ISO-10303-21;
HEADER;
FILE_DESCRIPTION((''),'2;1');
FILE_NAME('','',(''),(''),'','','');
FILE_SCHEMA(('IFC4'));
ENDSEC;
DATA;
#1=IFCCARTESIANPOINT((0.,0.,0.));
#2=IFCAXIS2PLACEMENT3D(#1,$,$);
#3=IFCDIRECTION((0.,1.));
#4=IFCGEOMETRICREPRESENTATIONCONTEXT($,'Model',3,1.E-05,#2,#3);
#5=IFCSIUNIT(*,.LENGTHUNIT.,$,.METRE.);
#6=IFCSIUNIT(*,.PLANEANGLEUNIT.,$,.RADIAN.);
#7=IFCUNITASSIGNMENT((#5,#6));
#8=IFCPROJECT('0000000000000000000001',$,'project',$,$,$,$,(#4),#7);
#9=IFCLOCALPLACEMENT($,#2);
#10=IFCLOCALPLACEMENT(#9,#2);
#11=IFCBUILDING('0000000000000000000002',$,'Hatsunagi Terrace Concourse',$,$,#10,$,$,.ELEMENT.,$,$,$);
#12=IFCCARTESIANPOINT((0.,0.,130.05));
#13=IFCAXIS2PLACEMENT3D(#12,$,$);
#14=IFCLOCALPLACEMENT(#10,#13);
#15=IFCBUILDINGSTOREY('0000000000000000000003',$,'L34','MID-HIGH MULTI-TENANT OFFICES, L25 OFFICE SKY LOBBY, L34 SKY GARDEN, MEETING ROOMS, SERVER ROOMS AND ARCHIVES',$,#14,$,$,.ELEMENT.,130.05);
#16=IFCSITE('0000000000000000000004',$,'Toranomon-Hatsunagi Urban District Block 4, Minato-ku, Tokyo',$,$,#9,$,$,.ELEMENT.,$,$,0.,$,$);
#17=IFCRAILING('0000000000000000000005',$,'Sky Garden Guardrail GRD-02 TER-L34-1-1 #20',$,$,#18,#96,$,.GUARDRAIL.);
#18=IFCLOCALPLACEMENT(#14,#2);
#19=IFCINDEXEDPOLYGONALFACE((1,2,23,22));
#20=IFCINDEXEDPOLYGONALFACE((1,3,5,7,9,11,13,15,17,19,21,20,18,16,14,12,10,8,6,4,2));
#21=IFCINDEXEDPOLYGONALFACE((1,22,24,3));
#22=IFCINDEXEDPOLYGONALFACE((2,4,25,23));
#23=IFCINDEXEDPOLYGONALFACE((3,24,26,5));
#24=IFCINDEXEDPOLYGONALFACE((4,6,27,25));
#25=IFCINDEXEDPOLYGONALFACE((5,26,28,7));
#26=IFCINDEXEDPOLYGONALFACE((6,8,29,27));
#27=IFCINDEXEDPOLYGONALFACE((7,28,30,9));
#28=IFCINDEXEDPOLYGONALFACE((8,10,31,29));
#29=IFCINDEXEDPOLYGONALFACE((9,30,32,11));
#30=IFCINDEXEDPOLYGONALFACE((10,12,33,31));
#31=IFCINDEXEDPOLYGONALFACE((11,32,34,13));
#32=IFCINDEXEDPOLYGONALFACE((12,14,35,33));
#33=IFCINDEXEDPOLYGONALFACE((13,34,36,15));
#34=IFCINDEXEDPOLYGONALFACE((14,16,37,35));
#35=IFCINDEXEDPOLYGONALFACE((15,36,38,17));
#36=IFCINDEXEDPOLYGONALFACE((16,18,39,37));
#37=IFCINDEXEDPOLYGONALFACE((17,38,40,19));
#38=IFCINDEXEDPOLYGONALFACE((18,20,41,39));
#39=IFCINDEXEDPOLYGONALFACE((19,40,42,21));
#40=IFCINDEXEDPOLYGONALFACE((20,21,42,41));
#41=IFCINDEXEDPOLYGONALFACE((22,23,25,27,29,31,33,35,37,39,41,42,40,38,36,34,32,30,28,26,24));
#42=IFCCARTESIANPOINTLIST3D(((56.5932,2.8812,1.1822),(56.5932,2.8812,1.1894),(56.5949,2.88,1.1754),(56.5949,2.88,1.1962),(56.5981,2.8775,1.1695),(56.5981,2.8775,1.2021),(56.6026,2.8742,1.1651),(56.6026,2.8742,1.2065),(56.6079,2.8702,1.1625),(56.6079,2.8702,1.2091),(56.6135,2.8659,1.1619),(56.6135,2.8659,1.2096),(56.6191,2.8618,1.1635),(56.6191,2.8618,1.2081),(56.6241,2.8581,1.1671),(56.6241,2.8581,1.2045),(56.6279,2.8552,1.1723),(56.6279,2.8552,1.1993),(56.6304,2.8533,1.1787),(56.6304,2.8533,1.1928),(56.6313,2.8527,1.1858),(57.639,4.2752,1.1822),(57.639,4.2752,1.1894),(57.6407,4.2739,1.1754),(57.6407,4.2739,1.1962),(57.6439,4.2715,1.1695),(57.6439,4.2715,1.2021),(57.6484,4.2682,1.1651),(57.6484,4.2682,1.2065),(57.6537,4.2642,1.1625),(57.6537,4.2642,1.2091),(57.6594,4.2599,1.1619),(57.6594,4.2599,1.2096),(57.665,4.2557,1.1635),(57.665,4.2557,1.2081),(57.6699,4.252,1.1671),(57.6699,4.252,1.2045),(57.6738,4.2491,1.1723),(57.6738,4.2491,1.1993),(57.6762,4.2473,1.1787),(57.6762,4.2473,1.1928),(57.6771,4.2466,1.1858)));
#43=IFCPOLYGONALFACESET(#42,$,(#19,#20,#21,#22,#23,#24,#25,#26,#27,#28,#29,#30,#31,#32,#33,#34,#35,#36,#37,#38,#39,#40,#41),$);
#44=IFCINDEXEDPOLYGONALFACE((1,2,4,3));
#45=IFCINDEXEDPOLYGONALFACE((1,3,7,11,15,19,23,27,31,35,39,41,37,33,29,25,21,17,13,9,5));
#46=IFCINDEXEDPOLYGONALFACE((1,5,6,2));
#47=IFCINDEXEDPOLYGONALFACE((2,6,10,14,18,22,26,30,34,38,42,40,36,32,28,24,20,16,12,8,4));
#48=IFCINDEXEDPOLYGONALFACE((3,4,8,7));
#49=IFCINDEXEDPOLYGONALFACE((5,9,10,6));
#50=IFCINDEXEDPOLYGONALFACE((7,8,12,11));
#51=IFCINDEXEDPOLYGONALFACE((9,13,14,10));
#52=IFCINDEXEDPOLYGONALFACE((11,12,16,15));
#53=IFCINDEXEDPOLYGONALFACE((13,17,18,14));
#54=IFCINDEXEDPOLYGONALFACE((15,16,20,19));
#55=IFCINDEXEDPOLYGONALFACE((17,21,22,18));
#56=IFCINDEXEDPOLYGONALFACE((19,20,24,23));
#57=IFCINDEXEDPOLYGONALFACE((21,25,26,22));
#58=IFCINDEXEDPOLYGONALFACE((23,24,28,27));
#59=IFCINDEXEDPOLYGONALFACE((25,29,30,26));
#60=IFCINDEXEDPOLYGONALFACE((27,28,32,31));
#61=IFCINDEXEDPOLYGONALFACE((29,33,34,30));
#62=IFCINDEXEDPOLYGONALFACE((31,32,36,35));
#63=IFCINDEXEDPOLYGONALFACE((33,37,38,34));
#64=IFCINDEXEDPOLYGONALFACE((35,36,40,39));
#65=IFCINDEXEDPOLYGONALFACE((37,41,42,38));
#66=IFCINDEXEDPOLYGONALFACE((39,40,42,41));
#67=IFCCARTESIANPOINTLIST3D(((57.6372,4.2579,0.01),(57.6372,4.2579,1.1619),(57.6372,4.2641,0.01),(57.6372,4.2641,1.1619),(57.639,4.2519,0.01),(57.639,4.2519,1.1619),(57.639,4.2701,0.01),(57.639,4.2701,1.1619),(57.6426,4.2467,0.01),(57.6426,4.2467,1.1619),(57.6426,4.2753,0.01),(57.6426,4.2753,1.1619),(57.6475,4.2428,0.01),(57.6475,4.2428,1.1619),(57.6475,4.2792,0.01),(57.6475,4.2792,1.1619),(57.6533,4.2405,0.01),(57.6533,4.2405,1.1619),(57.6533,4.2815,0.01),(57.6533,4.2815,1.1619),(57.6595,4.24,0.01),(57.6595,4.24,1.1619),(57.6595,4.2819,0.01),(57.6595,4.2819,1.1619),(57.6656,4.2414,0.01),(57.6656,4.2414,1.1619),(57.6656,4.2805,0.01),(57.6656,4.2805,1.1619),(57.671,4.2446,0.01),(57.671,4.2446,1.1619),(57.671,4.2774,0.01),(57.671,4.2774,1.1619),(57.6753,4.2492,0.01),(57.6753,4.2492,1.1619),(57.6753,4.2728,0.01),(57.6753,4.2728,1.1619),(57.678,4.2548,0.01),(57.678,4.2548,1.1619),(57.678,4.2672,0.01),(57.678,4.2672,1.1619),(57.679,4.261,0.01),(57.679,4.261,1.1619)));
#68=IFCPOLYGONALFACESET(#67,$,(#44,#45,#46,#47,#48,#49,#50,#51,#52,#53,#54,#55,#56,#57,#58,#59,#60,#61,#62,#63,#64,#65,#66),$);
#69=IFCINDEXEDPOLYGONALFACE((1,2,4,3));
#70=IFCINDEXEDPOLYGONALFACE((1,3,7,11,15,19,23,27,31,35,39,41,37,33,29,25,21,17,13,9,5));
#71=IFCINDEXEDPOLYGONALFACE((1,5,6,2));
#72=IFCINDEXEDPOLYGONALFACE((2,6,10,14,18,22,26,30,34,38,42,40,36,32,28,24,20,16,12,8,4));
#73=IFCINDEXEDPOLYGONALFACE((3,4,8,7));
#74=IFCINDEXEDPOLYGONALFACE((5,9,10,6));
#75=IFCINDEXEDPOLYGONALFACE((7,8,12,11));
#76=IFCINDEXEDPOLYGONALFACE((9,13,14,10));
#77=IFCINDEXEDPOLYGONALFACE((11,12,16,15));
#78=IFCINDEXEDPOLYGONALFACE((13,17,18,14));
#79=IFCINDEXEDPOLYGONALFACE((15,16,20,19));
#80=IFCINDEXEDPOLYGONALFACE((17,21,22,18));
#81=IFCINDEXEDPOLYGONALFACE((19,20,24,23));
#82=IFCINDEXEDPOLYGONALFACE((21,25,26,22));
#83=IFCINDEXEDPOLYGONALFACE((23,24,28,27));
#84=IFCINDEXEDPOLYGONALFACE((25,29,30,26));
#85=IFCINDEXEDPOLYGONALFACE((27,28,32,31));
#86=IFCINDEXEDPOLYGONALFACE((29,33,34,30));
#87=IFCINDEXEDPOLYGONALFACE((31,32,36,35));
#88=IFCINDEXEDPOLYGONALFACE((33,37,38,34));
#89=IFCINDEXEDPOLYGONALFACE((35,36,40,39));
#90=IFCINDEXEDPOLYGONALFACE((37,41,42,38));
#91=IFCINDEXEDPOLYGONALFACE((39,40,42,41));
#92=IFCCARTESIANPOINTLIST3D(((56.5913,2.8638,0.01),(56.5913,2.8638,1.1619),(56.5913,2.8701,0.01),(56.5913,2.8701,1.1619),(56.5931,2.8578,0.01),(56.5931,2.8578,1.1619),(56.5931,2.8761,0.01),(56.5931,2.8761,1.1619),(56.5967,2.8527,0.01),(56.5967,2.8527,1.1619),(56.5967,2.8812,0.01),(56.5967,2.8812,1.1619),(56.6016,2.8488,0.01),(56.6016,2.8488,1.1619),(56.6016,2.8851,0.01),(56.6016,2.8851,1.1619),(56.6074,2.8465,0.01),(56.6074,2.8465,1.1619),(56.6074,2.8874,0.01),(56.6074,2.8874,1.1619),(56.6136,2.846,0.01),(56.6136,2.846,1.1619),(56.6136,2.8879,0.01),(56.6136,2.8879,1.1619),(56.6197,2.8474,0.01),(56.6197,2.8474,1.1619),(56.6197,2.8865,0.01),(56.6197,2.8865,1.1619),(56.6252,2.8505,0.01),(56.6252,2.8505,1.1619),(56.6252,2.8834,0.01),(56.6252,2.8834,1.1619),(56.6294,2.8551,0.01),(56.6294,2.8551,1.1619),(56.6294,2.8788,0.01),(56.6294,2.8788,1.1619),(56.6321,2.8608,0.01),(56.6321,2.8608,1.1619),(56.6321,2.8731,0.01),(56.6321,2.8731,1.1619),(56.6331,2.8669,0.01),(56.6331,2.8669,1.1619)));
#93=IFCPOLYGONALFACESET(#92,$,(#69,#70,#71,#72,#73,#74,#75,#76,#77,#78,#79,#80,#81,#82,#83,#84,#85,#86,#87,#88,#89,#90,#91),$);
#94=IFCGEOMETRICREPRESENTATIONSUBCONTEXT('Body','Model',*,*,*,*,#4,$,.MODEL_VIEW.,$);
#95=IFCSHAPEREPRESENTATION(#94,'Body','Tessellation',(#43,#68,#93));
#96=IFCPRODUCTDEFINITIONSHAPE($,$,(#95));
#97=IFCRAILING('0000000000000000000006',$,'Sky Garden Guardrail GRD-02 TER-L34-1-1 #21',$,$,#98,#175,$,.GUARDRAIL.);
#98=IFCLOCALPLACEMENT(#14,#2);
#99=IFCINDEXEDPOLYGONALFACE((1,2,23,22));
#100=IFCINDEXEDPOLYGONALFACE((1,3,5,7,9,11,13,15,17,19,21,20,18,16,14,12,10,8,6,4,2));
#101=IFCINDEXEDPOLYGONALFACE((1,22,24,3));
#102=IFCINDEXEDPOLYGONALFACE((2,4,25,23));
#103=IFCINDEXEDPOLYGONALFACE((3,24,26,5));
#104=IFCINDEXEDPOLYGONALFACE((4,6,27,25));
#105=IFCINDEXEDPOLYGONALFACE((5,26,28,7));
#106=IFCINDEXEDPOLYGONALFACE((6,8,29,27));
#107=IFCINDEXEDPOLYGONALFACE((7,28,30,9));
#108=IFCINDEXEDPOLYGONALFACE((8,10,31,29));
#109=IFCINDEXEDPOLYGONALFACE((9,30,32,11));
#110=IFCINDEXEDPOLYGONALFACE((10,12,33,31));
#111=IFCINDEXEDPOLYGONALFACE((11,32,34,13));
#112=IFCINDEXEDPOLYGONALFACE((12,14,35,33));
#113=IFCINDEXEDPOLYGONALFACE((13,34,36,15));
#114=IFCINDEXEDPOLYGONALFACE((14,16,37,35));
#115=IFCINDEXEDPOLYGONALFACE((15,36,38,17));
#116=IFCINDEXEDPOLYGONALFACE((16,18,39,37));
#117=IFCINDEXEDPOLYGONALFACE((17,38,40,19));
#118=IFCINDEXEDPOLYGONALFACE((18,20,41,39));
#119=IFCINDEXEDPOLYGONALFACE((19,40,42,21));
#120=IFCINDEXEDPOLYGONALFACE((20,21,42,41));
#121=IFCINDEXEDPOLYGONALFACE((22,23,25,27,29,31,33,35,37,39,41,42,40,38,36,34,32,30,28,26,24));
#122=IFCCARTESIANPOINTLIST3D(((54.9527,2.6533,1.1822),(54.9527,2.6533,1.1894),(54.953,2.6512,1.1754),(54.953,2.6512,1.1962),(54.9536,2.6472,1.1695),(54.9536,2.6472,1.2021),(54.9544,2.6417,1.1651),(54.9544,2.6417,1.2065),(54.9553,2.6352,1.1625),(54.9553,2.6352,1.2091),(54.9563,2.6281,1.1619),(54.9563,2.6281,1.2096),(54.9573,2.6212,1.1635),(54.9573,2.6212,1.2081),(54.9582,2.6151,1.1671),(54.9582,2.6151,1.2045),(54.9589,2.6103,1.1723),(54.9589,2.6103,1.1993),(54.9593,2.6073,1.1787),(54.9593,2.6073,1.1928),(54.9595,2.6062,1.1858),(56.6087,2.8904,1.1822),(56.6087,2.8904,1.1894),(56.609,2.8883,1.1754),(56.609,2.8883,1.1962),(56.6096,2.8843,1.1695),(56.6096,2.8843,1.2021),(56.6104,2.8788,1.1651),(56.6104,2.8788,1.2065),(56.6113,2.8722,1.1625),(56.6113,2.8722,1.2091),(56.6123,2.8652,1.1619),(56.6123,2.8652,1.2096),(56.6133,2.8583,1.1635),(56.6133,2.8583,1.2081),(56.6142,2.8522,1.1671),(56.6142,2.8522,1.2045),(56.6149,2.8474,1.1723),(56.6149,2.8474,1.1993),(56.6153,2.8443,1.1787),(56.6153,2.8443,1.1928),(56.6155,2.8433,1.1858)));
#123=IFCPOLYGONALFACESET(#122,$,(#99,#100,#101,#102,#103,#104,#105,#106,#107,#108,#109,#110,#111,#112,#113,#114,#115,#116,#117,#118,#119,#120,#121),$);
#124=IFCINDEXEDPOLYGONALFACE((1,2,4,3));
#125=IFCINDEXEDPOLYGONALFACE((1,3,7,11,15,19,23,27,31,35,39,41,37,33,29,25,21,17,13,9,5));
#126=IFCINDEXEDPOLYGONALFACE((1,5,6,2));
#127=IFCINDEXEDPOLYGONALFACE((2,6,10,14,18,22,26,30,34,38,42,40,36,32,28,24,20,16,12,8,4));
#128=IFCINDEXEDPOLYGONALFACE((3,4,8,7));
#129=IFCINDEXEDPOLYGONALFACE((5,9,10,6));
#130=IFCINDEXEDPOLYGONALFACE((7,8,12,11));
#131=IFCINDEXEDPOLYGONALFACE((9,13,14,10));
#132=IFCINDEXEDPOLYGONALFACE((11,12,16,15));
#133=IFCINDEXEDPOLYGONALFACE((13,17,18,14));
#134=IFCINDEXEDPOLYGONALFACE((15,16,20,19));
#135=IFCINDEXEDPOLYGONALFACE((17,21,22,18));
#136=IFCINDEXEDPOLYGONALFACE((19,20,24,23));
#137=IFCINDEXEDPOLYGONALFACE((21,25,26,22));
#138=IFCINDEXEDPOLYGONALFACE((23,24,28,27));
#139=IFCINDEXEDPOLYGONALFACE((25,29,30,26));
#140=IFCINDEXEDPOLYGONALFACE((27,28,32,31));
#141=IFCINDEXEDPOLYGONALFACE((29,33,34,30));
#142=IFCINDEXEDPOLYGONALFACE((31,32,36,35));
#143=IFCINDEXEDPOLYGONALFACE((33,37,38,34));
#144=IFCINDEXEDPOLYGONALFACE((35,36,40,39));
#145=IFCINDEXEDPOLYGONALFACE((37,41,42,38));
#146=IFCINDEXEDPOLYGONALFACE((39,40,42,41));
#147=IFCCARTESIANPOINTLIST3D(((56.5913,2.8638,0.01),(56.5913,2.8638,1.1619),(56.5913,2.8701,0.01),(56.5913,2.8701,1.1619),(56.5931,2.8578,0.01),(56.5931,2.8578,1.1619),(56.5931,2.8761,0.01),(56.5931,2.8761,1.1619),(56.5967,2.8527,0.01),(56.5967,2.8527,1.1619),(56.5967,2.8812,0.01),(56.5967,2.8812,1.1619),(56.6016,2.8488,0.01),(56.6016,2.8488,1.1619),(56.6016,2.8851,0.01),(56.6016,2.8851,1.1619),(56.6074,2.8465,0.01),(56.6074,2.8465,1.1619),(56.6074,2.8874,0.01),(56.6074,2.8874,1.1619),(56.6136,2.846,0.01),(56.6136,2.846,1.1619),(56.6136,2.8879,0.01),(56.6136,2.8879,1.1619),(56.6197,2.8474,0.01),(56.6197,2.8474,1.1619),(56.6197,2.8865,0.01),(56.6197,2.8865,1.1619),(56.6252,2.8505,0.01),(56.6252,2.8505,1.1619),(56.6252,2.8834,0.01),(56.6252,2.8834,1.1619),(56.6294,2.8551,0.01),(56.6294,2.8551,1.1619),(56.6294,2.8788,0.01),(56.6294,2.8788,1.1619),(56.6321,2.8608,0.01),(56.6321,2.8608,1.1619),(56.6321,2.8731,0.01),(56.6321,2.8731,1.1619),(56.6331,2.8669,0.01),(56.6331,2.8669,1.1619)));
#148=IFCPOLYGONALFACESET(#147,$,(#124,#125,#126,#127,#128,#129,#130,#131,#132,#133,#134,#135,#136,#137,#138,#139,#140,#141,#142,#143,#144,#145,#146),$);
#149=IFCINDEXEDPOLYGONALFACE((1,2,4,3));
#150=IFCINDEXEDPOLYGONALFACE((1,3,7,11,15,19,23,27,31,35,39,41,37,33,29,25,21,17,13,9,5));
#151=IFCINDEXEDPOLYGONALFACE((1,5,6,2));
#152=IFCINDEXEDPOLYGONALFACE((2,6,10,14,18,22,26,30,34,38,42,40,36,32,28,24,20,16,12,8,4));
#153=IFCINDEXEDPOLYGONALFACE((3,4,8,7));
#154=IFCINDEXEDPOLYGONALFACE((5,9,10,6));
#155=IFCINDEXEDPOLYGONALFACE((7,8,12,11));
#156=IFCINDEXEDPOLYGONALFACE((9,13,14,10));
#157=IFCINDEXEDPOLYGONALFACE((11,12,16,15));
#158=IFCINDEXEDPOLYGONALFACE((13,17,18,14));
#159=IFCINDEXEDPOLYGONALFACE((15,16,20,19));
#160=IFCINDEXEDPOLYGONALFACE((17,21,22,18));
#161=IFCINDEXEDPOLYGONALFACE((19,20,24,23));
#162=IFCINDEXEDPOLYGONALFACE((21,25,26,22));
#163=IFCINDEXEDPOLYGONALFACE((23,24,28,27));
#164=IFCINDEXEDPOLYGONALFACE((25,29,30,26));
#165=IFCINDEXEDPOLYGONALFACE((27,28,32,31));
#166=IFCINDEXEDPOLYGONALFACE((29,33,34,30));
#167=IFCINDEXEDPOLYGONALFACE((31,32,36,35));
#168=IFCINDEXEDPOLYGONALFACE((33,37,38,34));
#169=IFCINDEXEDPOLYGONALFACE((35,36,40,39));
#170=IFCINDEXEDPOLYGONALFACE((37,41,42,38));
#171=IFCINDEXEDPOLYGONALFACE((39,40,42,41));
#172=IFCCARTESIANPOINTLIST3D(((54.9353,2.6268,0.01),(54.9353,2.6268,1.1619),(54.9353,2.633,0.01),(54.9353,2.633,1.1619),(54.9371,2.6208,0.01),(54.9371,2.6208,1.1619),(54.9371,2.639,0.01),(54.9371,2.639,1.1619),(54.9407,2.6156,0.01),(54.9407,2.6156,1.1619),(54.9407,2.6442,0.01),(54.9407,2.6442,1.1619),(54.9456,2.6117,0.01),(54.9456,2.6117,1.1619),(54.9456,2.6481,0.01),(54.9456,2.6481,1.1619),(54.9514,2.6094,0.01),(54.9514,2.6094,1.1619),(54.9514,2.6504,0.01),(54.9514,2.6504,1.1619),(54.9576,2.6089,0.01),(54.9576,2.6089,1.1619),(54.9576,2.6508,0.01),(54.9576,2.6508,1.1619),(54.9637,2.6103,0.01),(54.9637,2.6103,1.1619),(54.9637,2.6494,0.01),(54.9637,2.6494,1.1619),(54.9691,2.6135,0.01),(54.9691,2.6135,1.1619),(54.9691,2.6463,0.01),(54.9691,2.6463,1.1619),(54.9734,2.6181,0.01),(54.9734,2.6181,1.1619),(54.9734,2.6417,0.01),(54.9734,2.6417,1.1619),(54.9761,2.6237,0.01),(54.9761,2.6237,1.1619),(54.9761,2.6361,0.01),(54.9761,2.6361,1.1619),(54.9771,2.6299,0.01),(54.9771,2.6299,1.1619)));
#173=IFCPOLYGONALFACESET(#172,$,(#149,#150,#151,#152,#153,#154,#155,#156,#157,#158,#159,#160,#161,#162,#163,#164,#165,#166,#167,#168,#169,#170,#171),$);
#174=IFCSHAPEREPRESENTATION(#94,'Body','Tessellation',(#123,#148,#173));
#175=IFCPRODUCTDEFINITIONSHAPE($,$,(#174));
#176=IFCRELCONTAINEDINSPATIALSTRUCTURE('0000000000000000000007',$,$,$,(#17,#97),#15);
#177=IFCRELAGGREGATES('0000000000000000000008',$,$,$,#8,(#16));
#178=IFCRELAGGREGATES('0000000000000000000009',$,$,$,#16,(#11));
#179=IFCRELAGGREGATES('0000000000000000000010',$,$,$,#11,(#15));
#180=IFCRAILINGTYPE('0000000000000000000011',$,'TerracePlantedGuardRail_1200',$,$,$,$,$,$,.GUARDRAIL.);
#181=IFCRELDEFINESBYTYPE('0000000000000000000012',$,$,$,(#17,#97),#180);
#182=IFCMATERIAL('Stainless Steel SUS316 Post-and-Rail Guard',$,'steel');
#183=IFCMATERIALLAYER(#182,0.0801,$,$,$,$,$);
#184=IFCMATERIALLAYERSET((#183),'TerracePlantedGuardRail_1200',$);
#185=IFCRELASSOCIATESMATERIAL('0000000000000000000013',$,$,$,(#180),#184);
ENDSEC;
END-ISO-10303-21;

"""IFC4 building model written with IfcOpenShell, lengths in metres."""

from ifc_helpers import new_model, si_unit, direction, frame, origin, origin_2d, place, context, subcontext, project, spatial, circle, extrude, material, layer, layer_set, type_object, element, save


model = new_model("IFC4")

# Units and contexts
model_context = context("Model", 3, precision=1e-05, world=origin(), true_north=direction((0.0, 1.0)))
body_context = subcontext(model_context, "Body", "Model", "MODEL_VIEW")
ifc_project = project(units=[si_unit("LENGTHUNIT", "METRE"), si_unit("PLANEANGLEUNIT", "RADIAN")], contexts=[model_context])

# Site, building, storey
site_placement = place(None, origin())
site = spatial("IfcSite", under=ifc_project, at=site_placement, Name="Toranomon-Hatsunagi Urban District Block 4, Minato-ku, Tokyo", CompositionType="ELEMENT", RefElevation=0.0)
building_placement = place(site_placement, origin())
building = spatial("IfcBuilding", under=site, at=building_placement, Name="Hatsunagi Terrace Concourse", CompositionType="ELEMENT")
storey_placement = place(building_placement, frame((0.0, 0.0, 130.05)))
storey = spatial("IfcBuildingStorey", under=building, at=storey_placement, Name="L34", Description="MID-HIGH MULTI-TENANT OFFICES, L25 OFFICE SKY LOBBY, L34 SKY GARDEN, MEETING ROOMS, SERVER ROOMS AND ARCHIVES", CompositionType="ELEMENT", Elevation=130.05)

# Railings
ifc_material_1 = material(Name="Stainless Steel SUS316 Post-and-Rail Guard", Category="steel")
ifc_layer_1 = layer(ifc_material_1, 0.0801)
ifc_layer_set_1 = layer_set([ifc_layer_1], Name="TerracePlantedGuardRail_1200")
railing_type = type_object("IfcRailingType", Name="TerracePlantedGuardRail_1200", PredefinedType="GUARDRAIL", material=ifc_layer_set_1)
railing_1_placement = place(storey_placement, frame((57.658, 4.261, 0.01)))
element("IfcRailing", 1, at=railing_1_placement, inside=storey, type_object=railing_type, Name="Sky Garden Guardrail GRD-02 TER-L34-1-1 #20", PredefinedType="GUARDRAIL", context=body_context, shape_type="SweptSolid", body=[
    extrude(circle(Radius=0.0239, at=origin_2d()), frame((0.0, 0.0, 1.1758), z_axis=(-0.600134, -0.799899, 0.0), x_axis=(0.799899, -0.600134, 0.0)), (0.0, 0.0, 1.0), 1.7427),
    extrude(circle(Radius=0.021, at=origin_2d()), origin(), (0.0, 0.0, 1.0), 1.1519),
    extrude(circle(Radius=0.021, at=origin_2d()), frame((-1.0459, -1.394, 0.0)), (0.0, 0.0, 1.0), 1.1519),
])
railing_2_placement = place(storey_placement, frame((56.6121, 2.8669, 0.01)))
element("IfcRailing", 2, at=railing_2_placement, inside=storey, type_object=railing_type, Name="Sky Garden Guardrail GRD-02 TER-L34-1-1 #21", PredefinedType="GUARDRAIL", context=body_context, shape_type="SweptSolid", body=[
    extrude(circle(Radius=0.0239, at=origin_2d()), frame((0.0, 0.0, 1.1758), z_axis=(-0.989909, -0.141707, 0.0), x_axis=(0.141707, -0.989909, 0.0)), (0.0, 0.0, 1.0), 1.6729),
    extrude(circle(Radius=0.021, at=origin_2d()), origin(), (0.0, 0.0, 1.0), 1.1519),
    extrude(circle(Radius=0.021, at=origin_2d()), frame((-1.656, -0.2371, 0.0)), (0.0, 0.0, 1.0), 1.1519),
])

save(model, "model.ifc")
